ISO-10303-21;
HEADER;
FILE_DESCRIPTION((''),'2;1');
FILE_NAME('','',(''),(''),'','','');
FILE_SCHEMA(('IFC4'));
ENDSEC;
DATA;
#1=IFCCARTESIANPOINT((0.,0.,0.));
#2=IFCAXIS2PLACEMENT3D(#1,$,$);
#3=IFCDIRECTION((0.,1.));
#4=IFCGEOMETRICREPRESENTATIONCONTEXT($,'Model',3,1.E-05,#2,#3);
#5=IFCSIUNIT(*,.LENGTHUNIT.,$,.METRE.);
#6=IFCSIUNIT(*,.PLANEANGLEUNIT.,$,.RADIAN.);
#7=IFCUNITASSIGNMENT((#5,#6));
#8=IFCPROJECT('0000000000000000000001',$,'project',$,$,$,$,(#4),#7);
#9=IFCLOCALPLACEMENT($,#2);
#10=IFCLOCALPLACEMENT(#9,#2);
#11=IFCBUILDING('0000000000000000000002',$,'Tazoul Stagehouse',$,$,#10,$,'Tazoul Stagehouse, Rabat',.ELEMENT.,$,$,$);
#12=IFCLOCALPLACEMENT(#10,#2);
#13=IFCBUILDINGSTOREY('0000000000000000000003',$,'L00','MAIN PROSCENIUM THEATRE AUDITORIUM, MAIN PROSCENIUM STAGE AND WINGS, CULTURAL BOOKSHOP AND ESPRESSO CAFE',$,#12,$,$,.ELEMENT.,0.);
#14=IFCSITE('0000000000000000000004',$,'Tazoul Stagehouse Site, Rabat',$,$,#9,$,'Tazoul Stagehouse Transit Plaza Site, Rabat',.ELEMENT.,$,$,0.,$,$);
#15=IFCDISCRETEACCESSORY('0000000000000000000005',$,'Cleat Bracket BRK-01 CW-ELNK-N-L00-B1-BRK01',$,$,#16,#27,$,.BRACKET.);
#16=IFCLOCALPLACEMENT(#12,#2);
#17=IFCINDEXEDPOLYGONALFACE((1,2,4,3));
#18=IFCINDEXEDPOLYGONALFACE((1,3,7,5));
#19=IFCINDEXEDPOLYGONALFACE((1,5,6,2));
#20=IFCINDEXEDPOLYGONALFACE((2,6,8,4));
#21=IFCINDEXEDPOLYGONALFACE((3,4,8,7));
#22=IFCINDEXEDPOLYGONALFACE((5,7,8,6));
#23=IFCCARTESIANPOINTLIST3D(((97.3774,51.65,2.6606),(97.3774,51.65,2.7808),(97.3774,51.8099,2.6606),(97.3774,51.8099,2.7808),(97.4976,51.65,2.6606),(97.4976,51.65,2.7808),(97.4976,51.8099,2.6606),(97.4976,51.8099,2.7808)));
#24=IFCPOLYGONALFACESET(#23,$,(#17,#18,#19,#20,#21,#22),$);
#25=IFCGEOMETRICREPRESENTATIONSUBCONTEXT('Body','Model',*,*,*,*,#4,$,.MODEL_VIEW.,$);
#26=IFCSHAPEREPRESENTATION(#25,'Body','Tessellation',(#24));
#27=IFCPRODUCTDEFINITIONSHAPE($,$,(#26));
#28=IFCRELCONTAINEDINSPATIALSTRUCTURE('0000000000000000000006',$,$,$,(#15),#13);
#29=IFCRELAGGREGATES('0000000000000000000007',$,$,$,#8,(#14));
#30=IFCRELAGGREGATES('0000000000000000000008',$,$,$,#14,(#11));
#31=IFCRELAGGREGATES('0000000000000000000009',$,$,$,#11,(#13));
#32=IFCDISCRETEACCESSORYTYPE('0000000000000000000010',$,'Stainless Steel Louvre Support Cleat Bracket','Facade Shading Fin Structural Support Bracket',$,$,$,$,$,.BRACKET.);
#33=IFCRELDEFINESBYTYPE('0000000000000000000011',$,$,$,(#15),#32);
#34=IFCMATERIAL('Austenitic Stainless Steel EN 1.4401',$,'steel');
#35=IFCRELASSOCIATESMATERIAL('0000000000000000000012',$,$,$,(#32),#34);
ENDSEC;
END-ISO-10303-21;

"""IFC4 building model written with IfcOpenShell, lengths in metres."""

from ifc_helpers import new_model, si_unit, direction, frame, origin, origin_2d, place, context, subcontext, project, spatial, rectangle, extrude, material, type_object, element, save


model = new_model("IFC4")

# Units and contexts
model_context = context("Model", 3, precision=1e-05, world=origin(), true_north=direction((0.0, 1.0)))
body_context = subcontext(model_context, "Body", "Model", "MODEL_VIEW")
ifc_project = project(units=[si_unit("LENGTHUNIT", "METRE"), si_unit("PLANEANGLEUNIT", "RADIAN")], contexts=[model_context])

# Site, building, storey
site_placement = place(None, origin())
site = spatial("IfcSite", under=ifc_project, at=site_placement, Name="Tazoul Stagehouse Site, Rabat", LongName="Tazoul Stagehouse Transit Plaza Site, Rabat", CompositionType="ELEMENT", RefElevation=0.0)
building_placement = place(site_placement, origin())
building = spatial("IfcBuilding", under=site, at=building_placement, Name="Tazoul Stagehouse", LongName="Tazoul Stagehouse, Rabat", CompositionType="ELEMENT")
storey_placement = place(building_placement, origin())
storey = spatial("IfcBuildingStorey", under=building, at=storey_placement, Name="L00", Description="MAIN PROSCENIUM THEATRE AUDITORIUM, MAIN PROSCENIUM STAGE AND WINGS, CULTURAL BOOKSHOP AND ESPRESSO CAFE", CompositionType="ELEMENT", Elevation=0.0)

# Discrete accessory
ifc_material_1 = material(Name="Austenitic Stainless Steel EN 1.4401", Category="steel")
discrete_accessory_type = type_object("IfcDiscreteAccessoryType", Name="Stainless Steel Louvre Support Cleat Bracket", Description="Facade Shading Fin Structural Support Bracket", PredefinedType="BRACKET", material=ifc_material_1)
discrete_accessory_placement = place(storey_placement, frame((97.4375, 51.73, 2.6606), z_axis=(0.0, 0.0, 1.0), x_axis=(1.0, 0.0, 0.0)))
element("IfcDiscreteAccessory", 1, at=discrete_accessory_placement, inside=storey, type_object=discrete_accessory_type, Name="Cleat Bracket BRK-01 CW-ELNK-N-L00-B1-BRK01", PredefinedType="BRACKET", context=body_context, shape_type="SweptSolid", body=[
    extrude(rectangle(XDim=0.1201, YDim=0.1599, at=origin_2d()), origin(), (0.0, 0.0, 1.0), 0.1201),
])

save(model, "model.ifc")
